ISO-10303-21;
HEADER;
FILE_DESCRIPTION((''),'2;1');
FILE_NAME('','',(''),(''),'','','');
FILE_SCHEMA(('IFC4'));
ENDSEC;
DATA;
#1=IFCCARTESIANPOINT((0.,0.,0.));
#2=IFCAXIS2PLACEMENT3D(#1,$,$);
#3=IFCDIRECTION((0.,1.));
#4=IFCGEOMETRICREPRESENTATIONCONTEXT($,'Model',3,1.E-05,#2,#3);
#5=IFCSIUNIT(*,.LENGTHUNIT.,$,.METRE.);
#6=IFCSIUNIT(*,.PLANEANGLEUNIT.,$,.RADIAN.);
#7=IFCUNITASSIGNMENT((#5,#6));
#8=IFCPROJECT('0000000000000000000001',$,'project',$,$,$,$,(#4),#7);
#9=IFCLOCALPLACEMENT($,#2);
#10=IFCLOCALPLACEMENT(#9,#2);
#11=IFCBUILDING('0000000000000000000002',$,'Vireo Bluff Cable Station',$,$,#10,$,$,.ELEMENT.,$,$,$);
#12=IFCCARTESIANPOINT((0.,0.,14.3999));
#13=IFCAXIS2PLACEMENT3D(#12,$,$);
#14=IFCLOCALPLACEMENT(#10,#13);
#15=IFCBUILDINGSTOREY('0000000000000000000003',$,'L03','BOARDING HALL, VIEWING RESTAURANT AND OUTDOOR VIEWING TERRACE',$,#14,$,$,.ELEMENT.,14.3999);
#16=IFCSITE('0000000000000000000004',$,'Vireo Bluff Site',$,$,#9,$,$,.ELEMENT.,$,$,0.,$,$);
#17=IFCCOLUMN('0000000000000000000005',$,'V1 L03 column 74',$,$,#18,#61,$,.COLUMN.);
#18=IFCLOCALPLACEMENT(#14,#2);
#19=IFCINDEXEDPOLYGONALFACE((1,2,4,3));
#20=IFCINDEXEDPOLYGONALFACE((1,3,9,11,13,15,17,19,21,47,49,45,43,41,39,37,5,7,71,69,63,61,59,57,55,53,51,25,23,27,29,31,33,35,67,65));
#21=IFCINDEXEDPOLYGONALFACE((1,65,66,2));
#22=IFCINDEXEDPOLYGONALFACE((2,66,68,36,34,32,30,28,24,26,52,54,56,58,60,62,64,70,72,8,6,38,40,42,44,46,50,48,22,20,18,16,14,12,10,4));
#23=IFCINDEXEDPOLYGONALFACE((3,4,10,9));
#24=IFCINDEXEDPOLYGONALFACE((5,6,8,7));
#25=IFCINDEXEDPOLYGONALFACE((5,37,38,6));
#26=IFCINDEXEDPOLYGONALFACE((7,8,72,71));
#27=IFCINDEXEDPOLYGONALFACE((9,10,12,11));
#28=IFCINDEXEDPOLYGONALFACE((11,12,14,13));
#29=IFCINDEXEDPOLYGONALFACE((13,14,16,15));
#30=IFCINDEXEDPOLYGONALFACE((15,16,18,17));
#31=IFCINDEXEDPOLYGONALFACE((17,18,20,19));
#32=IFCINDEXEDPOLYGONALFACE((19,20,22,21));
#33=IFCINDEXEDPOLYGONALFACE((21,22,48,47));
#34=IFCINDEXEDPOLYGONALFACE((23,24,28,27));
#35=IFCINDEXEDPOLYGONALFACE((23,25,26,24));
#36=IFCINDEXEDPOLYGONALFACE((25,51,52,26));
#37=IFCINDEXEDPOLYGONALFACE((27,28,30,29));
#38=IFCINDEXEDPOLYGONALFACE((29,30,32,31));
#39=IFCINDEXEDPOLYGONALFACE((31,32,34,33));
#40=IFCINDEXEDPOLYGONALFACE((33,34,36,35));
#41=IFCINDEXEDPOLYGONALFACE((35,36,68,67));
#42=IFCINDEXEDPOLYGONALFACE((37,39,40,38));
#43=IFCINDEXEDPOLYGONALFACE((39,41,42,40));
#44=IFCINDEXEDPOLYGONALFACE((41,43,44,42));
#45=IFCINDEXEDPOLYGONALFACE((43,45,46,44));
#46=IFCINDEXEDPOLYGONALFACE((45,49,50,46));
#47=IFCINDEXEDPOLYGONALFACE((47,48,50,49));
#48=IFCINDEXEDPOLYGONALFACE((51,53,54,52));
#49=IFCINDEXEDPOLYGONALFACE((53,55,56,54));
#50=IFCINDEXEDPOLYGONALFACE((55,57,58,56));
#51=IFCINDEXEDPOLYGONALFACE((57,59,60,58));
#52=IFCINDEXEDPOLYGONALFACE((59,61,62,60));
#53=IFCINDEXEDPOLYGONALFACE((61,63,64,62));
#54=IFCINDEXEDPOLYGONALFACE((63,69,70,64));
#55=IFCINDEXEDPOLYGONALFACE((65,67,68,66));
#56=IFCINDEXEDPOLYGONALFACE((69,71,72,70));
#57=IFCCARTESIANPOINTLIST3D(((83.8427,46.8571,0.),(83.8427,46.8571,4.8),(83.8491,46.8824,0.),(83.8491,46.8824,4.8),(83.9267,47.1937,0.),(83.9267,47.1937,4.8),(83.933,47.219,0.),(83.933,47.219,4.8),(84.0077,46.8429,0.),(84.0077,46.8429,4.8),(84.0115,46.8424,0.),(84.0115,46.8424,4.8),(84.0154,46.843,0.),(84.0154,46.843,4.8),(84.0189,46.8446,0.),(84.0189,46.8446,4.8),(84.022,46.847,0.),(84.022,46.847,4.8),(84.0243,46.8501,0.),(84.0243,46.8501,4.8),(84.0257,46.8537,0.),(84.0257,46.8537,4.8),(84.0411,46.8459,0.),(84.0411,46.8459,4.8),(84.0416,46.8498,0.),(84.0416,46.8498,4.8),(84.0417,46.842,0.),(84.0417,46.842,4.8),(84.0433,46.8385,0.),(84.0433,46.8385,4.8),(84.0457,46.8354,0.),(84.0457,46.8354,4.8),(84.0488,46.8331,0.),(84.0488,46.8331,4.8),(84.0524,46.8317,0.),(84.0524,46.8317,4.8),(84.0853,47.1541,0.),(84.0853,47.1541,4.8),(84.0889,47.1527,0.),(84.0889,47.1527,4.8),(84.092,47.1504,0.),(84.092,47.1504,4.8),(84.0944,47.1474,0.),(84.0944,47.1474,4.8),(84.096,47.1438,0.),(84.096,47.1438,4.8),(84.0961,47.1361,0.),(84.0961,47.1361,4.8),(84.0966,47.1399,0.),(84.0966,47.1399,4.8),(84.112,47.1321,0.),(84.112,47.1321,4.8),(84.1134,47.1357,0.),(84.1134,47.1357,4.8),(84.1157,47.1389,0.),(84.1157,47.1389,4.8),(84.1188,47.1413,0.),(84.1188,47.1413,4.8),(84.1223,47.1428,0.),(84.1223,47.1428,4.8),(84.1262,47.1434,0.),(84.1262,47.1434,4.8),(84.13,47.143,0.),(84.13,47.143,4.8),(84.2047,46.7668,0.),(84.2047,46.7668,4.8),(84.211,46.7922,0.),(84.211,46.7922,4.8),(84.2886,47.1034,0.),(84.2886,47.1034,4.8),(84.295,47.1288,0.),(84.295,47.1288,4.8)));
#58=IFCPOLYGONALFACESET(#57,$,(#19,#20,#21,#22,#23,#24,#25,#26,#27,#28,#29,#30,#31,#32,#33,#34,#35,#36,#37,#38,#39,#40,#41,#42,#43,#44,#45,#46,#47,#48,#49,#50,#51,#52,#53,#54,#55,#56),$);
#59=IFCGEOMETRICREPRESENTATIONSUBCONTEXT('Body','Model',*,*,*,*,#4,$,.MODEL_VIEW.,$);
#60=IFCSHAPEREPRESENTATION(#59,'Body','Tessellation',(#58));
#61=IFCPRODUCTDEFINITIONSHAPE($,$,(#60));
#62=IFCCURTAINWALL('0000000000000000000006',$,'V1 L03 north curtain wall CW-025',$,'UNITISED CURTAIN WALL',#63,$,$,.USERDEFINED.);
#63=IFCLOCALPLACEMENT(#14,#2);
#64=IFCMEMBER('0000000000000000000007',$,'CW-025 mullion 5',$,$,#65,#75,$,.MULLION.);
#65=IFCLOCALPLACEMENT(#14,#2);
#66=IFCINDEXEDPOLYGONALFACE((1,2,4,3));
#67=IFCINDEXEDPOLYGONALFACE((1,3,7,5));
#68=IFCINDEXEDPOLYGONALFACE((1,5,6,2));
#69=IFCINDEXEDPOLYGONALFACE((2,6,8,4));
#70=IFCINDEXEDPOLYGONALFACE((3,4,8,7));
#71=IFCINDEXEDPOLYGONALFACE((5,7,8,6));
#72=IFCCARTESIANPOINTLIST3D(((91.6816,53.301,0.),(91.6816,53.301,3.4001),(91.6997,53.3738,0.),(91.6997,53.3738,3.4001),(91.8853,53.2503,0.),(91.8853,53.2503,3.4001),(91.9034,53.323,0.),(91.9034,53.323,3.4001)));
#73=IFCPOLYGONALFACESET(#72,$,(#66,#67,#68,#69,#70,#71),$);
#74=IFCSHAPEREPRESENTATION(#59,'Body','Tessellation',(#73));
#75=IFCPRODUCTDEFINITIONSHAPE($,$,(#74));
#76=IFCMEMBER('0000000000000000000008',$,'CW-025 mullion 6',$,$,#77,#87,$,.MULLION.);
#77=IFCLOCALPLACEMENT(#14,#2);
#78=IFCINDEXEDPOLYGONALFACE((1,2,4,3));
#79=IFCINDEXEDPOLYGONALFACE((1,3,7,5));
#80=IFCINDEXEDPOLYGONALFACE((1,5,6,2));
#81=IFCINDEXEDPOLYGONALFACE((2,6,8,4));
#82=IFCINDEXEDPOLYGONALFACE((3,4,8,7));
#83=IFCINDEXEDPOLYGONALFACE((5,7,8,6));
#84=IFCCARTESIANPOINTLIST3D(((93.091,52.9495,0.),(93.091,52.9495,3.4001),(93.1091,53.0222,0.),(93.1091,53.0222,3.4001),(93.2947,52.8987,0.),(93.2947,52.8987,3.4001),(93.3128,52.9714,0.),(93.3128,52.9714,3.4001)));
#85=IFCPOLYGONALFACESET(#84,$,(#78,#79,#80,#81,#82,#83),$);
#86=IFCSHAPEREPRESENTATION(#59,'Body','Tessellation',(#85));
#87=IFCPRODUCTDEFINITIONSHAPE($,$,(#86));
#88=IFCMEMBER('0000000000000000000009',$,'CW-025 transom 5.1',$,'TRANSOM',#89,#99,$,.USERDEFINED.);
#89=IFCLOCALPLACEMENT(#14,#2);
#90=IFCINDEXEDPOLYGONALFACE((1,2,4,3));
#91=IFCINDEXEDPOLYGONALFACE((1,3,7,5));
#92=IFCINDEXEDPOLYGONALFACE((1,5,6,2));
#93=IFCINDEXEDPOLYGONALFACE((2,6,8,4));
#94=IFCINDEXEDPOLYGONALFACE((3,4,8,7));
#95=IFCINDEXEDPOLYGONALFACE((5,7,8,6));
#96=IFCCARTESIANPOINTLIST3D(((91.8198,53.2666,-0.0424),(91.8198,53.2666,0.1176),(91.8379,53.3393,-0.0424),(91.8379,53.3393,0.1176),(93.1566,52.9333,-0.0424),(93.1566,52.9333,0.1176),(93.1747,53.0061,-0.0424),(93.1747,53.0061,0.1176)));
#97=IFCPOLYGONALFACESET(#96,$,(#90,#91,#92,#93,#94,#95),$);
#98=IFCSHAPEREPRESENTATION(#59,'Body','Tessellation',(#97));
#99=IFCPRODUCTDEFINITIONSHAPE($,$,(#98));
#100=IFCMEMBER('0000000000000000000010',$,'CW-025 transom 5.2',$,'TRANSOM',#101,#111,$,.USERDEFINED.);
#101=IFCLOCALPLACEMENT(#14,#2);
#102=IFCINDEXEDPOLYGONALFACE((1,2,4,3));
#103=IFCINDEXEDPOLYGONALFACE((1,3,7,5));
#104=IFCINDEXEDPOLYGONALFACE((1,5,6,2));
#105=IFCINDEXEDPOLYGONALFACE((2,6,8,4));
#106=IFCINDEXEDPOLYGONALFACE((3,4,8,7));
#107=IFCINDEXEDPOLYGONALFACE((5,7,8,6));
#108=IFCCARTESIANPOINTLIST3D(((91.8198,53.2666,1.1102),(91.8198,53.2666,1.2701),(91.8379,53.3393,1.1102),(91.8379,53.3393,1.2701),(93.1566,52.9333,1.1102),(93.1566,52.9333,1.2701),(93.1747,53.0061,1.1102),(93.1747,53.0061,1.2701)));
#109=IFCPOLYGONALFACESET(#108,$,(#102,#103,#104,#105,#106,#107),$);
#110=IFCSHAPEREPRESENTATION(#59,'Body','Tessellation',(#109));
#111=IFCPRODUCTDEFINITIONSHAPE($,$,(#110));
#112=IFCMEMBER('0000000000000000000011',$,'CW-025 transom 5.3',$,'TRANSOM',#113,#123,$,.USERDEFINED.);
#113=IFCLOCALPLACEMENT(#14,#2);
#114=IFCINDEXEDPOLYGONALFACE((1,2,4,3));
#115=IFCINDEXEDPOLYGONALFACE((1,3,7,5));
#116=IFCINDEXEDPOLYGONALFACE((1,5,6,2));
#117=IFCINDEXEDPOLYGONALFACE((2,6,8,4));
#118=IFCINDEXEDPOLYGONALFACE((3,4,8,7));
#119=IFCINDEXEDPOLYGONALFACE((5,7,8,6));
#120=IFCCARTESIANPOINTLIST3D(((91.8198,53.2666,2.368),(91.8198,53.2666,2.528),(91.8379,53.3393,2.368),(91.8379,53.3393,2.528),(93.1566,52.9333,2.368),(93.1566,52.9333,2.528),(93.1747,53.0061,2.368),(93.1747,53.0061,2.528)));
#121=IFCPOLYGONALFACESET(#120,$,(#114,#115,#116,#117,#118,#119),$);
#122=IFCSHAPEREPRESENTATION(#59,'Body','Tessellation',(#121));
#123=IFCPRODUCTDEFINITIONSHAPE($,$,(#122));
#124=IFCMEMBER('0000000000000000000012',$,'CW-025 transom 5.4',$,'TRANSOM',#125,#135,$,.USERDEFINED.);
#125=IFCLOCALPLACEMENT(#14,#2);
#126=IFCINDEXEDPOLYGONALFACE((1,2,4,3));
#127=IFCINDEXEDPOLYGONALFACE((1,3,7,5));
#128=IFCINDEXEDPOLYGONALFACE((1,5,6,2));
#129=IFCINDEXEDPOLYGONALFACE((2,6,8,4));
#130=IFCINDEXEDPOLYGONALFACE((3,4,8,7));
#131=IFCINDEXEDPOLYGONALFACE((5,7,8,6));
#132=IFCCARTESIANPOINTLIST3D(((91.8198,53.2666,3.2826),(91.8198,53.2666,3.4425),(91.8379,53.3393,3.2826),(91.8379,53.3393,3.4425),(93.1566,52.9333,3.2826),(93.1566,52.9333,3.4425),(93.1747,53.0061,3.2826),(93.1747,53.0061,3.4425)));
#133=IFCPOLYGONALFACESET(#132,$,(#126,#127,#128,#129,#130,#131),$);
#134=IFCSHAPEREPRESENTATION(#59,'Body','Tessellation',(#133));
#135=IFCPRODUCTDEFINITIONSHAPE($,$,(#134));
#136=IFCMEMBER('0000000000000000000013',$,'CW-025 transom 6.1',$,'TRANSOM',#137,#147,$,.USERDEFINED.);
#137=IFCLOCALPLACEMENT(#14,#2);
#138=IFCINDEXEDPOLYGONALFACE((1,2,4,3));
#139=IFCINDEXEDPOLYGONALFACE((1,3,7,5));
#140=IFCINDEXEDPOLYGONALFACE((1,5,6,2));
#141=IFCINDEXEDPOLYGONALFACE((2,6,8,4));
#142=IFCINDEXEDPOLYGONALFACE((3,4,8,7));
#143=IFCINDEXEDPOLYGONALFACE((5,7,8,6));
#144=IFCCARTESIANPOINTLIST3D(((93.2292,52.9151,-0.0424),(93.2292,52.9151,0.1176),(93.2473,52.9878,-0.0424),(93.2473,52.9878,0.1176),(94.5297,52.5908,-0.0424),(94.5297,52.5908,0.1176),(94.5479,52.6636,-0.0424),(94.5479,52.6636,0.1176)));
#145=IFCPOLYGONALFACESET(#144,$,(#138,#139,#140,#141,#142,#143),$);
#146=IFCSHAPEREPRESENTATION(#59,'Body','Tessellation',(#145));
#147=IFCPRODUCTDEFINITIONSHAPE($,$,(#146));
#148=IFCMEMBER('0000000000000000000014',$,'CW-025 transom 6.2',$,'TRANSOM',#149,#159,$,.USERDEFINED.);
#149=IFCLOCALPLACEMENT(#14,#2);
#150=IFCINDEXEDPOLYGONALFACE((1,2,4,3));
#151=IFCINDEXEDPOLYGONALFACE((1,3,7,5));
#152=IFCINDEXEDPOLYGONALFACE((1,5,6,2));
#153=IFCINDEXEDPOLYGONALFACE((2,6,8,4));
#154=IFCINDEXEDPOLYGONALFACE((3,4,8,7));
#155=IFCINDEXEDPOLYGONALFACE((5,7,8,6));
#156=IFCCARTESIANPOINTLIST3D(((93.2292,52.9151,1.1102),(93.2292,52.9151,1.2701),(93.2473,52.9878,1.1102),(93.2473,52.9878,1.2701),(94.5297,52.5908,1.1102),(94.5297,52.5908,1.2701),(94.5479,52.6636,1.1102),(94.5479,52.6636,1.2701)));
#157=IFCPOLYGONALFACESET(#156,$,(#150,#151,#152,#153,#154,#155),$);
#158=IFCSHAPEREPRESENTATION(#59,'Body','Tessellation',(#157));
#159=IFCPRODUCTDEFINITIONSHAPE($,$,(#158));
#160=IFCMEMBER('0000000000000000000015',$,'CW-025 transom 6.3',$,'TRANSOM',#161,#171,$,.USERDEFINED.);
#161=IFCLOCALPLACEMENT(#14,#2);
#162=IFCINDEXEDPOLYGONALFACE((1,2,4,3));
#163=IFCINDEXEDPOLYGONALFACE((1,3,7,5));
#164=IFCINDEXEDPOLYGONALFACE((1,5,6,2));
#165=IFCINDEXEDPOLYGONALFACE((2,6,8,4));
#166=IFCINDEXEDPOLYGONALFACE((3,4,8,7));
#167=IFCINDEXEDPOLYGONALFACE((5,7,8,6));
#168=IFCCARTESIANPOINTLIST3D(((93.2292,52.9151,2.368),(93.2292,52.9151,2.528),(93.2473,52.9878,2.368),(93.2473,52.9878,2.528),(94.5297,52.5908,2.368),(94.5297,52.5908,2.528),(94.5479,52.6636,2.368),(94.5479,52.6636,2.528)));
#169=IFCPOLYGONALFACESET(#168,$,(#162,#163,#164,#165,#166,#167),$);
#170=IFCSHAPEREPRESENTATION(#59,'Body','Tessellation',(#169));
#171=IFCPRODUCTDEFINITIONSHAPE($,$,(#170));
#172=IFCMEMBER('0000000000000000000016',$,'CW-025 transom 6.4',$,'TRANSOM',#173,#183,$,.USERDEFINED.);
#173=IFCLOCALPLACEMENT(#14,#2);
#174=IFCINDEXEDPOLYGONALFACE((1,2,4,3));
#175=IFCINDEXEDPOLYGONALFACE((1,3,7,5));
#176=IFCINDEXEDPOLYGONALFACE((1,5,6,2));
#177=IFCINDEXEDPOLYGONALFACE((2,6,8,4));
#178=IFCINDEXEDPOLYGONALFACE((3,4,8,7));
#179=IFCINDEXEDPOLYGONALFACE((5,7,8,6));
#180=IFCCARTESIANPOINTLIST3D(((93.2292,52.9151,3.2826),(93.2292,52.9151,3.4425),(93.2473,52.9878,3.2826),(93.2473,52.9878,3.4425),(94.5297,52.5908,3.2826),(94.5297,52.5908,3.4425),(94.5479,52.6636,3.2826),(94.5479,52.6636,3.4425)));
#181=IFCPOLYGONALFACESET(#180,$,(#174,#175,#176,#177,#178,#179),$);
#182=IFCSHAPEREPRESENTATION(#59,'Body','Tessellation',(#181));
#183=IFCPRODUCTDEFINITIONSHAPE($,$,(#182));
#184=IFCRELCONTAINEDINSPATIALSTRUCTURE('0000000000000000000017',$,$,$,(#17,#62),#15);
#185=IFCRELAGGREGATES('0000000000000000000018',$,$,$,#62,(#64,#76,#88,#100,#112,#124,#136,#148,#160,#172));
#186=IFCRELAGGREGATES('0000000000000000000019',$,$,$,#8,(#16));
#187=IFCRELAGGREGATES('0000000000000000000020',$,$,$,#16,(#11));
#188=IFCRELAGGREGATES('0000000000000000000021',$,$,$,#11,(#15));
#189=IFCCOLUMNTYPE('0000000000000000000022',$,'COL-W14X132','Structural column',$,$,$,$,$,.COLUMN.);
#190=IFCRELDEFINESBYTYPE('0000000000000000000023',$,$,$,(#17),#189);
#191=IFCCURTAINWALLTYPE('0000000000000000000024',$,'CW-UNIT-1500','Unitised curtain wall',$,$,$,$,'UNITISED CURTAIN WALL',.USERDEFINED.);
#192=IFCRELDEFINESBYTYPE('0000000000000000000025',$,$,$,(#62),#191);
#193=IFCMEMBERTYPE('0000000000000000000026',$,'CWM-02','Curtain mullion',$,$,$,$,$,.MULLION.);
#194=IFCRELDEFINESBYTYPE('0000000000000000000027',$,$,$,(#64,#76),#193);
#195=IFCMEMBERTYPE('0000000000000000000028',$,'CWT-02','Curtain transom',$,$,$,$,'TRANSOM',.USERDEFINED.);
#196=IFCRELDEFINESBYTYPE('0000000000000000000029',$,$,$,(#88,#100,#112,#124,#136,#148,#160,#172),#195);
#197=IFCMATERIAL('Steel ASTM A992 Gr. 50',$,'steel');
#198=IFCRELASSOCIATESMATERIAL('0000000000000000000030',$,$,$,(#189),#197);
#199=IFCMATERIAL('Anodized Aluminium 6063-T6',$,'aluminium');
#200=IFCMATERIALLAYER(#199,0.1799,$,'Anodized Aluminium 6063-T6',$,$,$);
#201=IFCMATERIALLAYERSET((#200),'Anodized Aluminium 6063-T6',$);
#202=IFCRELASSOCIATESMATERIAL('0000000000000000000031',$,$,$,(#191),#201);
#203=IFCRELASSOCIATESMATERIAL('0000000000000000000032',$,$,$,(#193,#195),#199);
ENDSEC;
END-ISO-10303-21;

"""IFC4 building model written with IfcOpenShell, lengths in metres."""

from ifc_helpers import new_model, si_unit, direction, frame, origin, origin_2d, place, context, subcontext, project, spatial, rectangle, i_section, extrude, material, layer, layer_set, material_profile, profile_set, type_object, element, aggregate, save


model = new_model("IFC4")

# Units and contexts
model_context = context("Model", 3, precision=1e-05, world=origin(), true_north=direction((0.0, 1.0)))
body_context = subcontext(model_context, "Body", "Model", "MODEL_VIEW")
ifc_project = project(units=[si_unit("LENGTHUNIT", "METRE"), si_unit("PLANEANGLEUNIT", "RADIAN")], contexts=[model_context])

# Site, building, storey
site_placement = place(None, origin())
site = spatial("IfcSite", under=ifc_project, at=site_placement, Name="Vireo Bluff Site", CompositionType="ELEMENT", RefElevation=0.0)
building_placement = place(site_placement, origin())
building = spatial("IfcBuilding", under=site, at=building_placement, Name="Vireo Bluff Cable Station", CompositionType="ELEMENT")
storey_placement = place(building_placement, frame((0.0, 0.0, 14.3999)))
storey = spatial("IfcBuildingStorey", under=building, at=storey_placement, Name="L03", Description="BOARDING HALL, VIEWING RESTAURANT AND OUTDOOR VIEWING TERRACE", CompositionType="ELEMENT", Elevation=14.3999)

# Column
ifc_material_1 = material(Name="Steel ASTM A992 Gr. 50", Category="steel")
ifc_material_profile_1 = material_profile(ifc_material_1, i_section(OverallWidth=0.373, OverallDepth=0.373, WebThickness=0.0164, FlangeThickness=0.0261, FilletRadius=0.0149, at=origin_2d()), Name="W14X132")
ifc_profile_set_1 = profile_set([ifc_material_profile_1], Name="Steel ASTM A992 Gr. 50")
column_type = type_object("IfcColumnType", Name="COL-W14X132", Description="Structural column", PredefinedType="COLUMN", material=ifc_profile_set_1)
column_placement = place(storey_placement, frame((84.0688, 46.9929, 0.0), z_axis=(0.0, 0.0, 1.0), x_axis=(0.970296, -0.241922, 0.0)))
element("IfcColumn", 1, at=column_placement, inside=storey, type_object=column_type, Name="V1 L03 column 74", PredefinedType="COLUMN", context=body_context, shape_type="SweptSolid", body=[
    extrude(i_section(OverallWidth=0.373, OverallDepth=0.373, WebThickness=0.0164, FlangeThickness=0.0261, FilletRadius=0.0149, at=origin_2d()), origin(), (0.0, 0.0, 1.0), 4.8),
])

# Curtain wall, members
ifc_material_2 = material(Name="Anodized Aluminium 6063-T6", Category="aluminium")
ifc_layer_1 = layer(ifc_material_2, 0.1799, Name="Anodized Aluminium 6063-T6")
ifc_layer_set_1 = layer_set([ifc_layer_1], Name="Anodized Aluminium 6063-T6")
curtain_wall_type = type_object("IfcCurtainWallType", Name="CW-UNIT-1500", Description="Unitised curtain wall", ElementType="UNITISED CURTAIN WALL", PredefinedType="USERDEFINED", material=ifc_layer_set_1)
curtain_wall_placement = place(storey_placement, origin())
curtain_wall = element("IfcCurtainWall", 2, at=curtain_wall_placement, inside=storey, type_object=curtain_wall_type, Name="V1 L03 north curtain wall CW-025", ObjectType="UNITISED CURTAIN WALL", PredefinedType="USERDEFINED")
ifc_material_profile_2 = material_profile(ifc_material_2, rectangle(XDim=0.075, YDim=0.21, at=origin_2d()), Name="ALU-M-75X210")
ifc_profile_set_2 = profile_set([ifc_material_profile_2], Name="Anodized Aluminium 6063-T6")
member_type_1 = type_object("IfcMemberType", Name="CWM-02", Description="Curtain mullion", PredefinedType="MULLION", material=ifc_profile_set_2)
member_1_placement = place(storey_placement, frame((91.7925, 53.312, 0.0), z_axis=(0.0, 0.0, 1.0), x_axis=(0.241922, 0.970296, 0.0)))
member_1 = element("IfcMember", 3, at=member_1_placement, type_object=member_type_1, Name="CW-025 mullion 5", PredefinedType="MULLION", context=body_context, shape_type="SweptSolid", body=[
    extrude(rectangle(XDim=0.075, YDim=0.21, at=origin_2d()), origin(), (0.0, 0.0, 1.0), 3.4001),
])
member_2_placement = place(storey_placement, frame((93.2019, 52.9604, 0.0), z_axis=(0.0, 0.0, 1.0), x_axis=(0.241922, 0.970296, 0.0)))
member_2 = element("IfcMember", 4, at=member_2_placement, type_object=member_type_1, Name="CW-025 mullion 6", PredefinedType="MULLION", context=body_context, shape_type="SweptSolid", body=[
    extrude(rectangle(XDim=0.075, YDim=0.21, at=origin_2d()), origin(), (0.0, 0.0, 1.0), 3.4001),
])
ifc_material_profile_3 = material_profile(ifc_material_2, rectangle(XDim=0.075, YDim=0.1599, at=origin_2d()), Name="ALU-T-75X160")
ifc_profile_set_3 = profile_set([ifc_material_profile_3], Name="Anodized Aluminium 6063-T6")
member_type_2 = type_object("IfcMemberType", Name="CWT-02", Description="Curtain transom", ElementType="TRANSOM", PredefinedType="USERDEFINED", material=ifc_profile_set_3)
member_3_placement = place(storey_placement, frame((91.8289, 53.303, 0.0376), z_axis=(0.970299, -0.24191, 0.0), x_axis=(0.24191, 0.970299, 0.0)))
member_3 = element("IfcMember", 5, at=member_3_placement, type_object=member_type_2, Name="CW-025 transom 5.1", ObjectType="TRANSOM", PredefinedType="USERDEFINED", context=body_context, shape_type="SweptSolid", body=[
    extrude(rectangle(XDim=0.075, YDim=0.1599, at=origin_2d()), origin(), (0.0, 0.0, 1.0), 1.3777),
])
member_4_placement = place(storey_placement, frame((91.8289, 53.303, 1.1902), z_axis=(0.970299, -0.24191, 0.0), x_axis=(0.24191, 0.970299, 0.0)))
member_4 = element("IfcMember", 6, at=member_4_placement, type_object=member_type_2, Name="CW-025 transom 5.2", ObjectType="TRANSOM", PredefinedType="USERDEFINED", context=body_context, shape_type="SweptSolid", body=[
    extrude(rectangle(XDim=0.075, YDim=0.1599, at=origin_2d()), origin(), (0.0, 0.0, 1.0), 1.3777),
])
member_5_placement = place(storey_placement, frame((91.8289, 53.303, 2.448), z_axis=(0.970299, -0.24191, 0.0), x_axis=(0.24191, 0.970299, 0.0)))
member_5 = element("IfcMember", 7, at=member_5_placement, type_object=member_type_2, Name="CW-025 transom 5.3", ObjectType="TRANSOM", PredefinedType="USERDEFINED", context=body_context, shape_type="SweptSolid", body=[
    extrude(rectangle(XDim=0.075, YDim=0.1599, at=origin_2d()), origin(), (0.0, 0.0, 1.0), 1.3777),
])
member_6_placement = place(storey_placement, frame((91.8289, 53.303, 3.3625), z_axis=(0.970299, -0.24191, 0.0), x_axis=(0.24191, 0.970299, 0.0)))
member_6 = element("IfcMember", 8, at=member_6_placement, type_object=member_type_2, Name="CW-025 transom 5.4", ObjectType="TRANSOM", PredefinedType="USERDEFINED", context=body_context, shape_type="SweptSolid", body=[
    extrude(rectangle(XDim=0.075, YDim=0.1599, at=origin_2d()), origin(), (0.0, 0.0, 1.0), 1.3777),
])
member_7_placement = place(storey_placement, frame((93.2383, 52.9514, 0.0376), z_axis=(0.970303, -0.241893, 0.0), x_axis=(0.241893, 0.970303, 0.0)))
member_7 = element("IfcMember", 9, at=member_7_placement, type_object=member_type_2, Name="CW-025 transom 6.1", ObjectType="TRANSOM", PredefinedType="USERDEFINED", context=body_context, shape_type="SweptSolid", body=[
    extrude(rectangle(XDim=0.075, YDim=0.1599, at=origin_2d()), origin(), (0.0, 0.0, 1.0), 1.3403),
])
member_8_placement = place(storey_placement, frame((93.2383, 52.9514, 1.1902), z_axis=(0.970303, -0.241893, 0.0), x_axis=(0.241893, 0.970303, 0.0)))
member_8 = element("IfcMember", 10, at=member_8_placement, type_object=member_type_2, Name="CW-025 transom 6.2", ObjectType="TRANSOM", PredefinedType="USERDEFINED", context=body_context, shape_type="SweptSolid", body=[
    extrude(rectangle(XDim=0.075, YDim=0.1599, at=origin_2d()), origin(), (0.0, 0.0, 1.0), 1.3403),
])
member_9_placement = place(storey_placement, frame((93.2383, 52.9514, 2.448), z_axis=(0.970303, -0.241893, 0.0), x_axis=(0.241893, 0.970303, 0.0)))
member_9 = element("IfcMember", 11, at=member_9_placement, type_object=member_type_2, Name="CW-025 transom 6.3", ObjectType="TRANSOM", PredefinedType="USERDEFINED", context=body_context, shape_type="SweptSolid", body=[
    extrude(rectangle(XDim=0.075, YDim=0.1599, at=origin_2d()), origin(), (0.0, 0.0, 1.0), 1.3403),
])
member_10_placement = place(storey_placement, frame((93.2383, 52.9514, 3.3625), z_axis=(0.970303, -0.241893, 0.0), x_axis=(0.241893, 0.970303, 0.0)))
member_10 = element("IfcMember", 12, at=member_10_placement, type_object=member_type_2, Name="CW-025 transom 6.4", ObjectType="TRANSOM", PredefinedType="USERDEFINED", context=body_context, shape_type="SweptSolid", body=[
    extrude(rectangle(XDim=0.075, YDim=0.1599, at=origin_2d()), origin(), (0.0, 0.0, 1.0), 1.3403),
])

aggregate(curtain_wall, [member_1, member_2, member_3, member_4, member_5, member_6, member_7, member_8, member_9, member_10])

save(model, "model.ifc")
